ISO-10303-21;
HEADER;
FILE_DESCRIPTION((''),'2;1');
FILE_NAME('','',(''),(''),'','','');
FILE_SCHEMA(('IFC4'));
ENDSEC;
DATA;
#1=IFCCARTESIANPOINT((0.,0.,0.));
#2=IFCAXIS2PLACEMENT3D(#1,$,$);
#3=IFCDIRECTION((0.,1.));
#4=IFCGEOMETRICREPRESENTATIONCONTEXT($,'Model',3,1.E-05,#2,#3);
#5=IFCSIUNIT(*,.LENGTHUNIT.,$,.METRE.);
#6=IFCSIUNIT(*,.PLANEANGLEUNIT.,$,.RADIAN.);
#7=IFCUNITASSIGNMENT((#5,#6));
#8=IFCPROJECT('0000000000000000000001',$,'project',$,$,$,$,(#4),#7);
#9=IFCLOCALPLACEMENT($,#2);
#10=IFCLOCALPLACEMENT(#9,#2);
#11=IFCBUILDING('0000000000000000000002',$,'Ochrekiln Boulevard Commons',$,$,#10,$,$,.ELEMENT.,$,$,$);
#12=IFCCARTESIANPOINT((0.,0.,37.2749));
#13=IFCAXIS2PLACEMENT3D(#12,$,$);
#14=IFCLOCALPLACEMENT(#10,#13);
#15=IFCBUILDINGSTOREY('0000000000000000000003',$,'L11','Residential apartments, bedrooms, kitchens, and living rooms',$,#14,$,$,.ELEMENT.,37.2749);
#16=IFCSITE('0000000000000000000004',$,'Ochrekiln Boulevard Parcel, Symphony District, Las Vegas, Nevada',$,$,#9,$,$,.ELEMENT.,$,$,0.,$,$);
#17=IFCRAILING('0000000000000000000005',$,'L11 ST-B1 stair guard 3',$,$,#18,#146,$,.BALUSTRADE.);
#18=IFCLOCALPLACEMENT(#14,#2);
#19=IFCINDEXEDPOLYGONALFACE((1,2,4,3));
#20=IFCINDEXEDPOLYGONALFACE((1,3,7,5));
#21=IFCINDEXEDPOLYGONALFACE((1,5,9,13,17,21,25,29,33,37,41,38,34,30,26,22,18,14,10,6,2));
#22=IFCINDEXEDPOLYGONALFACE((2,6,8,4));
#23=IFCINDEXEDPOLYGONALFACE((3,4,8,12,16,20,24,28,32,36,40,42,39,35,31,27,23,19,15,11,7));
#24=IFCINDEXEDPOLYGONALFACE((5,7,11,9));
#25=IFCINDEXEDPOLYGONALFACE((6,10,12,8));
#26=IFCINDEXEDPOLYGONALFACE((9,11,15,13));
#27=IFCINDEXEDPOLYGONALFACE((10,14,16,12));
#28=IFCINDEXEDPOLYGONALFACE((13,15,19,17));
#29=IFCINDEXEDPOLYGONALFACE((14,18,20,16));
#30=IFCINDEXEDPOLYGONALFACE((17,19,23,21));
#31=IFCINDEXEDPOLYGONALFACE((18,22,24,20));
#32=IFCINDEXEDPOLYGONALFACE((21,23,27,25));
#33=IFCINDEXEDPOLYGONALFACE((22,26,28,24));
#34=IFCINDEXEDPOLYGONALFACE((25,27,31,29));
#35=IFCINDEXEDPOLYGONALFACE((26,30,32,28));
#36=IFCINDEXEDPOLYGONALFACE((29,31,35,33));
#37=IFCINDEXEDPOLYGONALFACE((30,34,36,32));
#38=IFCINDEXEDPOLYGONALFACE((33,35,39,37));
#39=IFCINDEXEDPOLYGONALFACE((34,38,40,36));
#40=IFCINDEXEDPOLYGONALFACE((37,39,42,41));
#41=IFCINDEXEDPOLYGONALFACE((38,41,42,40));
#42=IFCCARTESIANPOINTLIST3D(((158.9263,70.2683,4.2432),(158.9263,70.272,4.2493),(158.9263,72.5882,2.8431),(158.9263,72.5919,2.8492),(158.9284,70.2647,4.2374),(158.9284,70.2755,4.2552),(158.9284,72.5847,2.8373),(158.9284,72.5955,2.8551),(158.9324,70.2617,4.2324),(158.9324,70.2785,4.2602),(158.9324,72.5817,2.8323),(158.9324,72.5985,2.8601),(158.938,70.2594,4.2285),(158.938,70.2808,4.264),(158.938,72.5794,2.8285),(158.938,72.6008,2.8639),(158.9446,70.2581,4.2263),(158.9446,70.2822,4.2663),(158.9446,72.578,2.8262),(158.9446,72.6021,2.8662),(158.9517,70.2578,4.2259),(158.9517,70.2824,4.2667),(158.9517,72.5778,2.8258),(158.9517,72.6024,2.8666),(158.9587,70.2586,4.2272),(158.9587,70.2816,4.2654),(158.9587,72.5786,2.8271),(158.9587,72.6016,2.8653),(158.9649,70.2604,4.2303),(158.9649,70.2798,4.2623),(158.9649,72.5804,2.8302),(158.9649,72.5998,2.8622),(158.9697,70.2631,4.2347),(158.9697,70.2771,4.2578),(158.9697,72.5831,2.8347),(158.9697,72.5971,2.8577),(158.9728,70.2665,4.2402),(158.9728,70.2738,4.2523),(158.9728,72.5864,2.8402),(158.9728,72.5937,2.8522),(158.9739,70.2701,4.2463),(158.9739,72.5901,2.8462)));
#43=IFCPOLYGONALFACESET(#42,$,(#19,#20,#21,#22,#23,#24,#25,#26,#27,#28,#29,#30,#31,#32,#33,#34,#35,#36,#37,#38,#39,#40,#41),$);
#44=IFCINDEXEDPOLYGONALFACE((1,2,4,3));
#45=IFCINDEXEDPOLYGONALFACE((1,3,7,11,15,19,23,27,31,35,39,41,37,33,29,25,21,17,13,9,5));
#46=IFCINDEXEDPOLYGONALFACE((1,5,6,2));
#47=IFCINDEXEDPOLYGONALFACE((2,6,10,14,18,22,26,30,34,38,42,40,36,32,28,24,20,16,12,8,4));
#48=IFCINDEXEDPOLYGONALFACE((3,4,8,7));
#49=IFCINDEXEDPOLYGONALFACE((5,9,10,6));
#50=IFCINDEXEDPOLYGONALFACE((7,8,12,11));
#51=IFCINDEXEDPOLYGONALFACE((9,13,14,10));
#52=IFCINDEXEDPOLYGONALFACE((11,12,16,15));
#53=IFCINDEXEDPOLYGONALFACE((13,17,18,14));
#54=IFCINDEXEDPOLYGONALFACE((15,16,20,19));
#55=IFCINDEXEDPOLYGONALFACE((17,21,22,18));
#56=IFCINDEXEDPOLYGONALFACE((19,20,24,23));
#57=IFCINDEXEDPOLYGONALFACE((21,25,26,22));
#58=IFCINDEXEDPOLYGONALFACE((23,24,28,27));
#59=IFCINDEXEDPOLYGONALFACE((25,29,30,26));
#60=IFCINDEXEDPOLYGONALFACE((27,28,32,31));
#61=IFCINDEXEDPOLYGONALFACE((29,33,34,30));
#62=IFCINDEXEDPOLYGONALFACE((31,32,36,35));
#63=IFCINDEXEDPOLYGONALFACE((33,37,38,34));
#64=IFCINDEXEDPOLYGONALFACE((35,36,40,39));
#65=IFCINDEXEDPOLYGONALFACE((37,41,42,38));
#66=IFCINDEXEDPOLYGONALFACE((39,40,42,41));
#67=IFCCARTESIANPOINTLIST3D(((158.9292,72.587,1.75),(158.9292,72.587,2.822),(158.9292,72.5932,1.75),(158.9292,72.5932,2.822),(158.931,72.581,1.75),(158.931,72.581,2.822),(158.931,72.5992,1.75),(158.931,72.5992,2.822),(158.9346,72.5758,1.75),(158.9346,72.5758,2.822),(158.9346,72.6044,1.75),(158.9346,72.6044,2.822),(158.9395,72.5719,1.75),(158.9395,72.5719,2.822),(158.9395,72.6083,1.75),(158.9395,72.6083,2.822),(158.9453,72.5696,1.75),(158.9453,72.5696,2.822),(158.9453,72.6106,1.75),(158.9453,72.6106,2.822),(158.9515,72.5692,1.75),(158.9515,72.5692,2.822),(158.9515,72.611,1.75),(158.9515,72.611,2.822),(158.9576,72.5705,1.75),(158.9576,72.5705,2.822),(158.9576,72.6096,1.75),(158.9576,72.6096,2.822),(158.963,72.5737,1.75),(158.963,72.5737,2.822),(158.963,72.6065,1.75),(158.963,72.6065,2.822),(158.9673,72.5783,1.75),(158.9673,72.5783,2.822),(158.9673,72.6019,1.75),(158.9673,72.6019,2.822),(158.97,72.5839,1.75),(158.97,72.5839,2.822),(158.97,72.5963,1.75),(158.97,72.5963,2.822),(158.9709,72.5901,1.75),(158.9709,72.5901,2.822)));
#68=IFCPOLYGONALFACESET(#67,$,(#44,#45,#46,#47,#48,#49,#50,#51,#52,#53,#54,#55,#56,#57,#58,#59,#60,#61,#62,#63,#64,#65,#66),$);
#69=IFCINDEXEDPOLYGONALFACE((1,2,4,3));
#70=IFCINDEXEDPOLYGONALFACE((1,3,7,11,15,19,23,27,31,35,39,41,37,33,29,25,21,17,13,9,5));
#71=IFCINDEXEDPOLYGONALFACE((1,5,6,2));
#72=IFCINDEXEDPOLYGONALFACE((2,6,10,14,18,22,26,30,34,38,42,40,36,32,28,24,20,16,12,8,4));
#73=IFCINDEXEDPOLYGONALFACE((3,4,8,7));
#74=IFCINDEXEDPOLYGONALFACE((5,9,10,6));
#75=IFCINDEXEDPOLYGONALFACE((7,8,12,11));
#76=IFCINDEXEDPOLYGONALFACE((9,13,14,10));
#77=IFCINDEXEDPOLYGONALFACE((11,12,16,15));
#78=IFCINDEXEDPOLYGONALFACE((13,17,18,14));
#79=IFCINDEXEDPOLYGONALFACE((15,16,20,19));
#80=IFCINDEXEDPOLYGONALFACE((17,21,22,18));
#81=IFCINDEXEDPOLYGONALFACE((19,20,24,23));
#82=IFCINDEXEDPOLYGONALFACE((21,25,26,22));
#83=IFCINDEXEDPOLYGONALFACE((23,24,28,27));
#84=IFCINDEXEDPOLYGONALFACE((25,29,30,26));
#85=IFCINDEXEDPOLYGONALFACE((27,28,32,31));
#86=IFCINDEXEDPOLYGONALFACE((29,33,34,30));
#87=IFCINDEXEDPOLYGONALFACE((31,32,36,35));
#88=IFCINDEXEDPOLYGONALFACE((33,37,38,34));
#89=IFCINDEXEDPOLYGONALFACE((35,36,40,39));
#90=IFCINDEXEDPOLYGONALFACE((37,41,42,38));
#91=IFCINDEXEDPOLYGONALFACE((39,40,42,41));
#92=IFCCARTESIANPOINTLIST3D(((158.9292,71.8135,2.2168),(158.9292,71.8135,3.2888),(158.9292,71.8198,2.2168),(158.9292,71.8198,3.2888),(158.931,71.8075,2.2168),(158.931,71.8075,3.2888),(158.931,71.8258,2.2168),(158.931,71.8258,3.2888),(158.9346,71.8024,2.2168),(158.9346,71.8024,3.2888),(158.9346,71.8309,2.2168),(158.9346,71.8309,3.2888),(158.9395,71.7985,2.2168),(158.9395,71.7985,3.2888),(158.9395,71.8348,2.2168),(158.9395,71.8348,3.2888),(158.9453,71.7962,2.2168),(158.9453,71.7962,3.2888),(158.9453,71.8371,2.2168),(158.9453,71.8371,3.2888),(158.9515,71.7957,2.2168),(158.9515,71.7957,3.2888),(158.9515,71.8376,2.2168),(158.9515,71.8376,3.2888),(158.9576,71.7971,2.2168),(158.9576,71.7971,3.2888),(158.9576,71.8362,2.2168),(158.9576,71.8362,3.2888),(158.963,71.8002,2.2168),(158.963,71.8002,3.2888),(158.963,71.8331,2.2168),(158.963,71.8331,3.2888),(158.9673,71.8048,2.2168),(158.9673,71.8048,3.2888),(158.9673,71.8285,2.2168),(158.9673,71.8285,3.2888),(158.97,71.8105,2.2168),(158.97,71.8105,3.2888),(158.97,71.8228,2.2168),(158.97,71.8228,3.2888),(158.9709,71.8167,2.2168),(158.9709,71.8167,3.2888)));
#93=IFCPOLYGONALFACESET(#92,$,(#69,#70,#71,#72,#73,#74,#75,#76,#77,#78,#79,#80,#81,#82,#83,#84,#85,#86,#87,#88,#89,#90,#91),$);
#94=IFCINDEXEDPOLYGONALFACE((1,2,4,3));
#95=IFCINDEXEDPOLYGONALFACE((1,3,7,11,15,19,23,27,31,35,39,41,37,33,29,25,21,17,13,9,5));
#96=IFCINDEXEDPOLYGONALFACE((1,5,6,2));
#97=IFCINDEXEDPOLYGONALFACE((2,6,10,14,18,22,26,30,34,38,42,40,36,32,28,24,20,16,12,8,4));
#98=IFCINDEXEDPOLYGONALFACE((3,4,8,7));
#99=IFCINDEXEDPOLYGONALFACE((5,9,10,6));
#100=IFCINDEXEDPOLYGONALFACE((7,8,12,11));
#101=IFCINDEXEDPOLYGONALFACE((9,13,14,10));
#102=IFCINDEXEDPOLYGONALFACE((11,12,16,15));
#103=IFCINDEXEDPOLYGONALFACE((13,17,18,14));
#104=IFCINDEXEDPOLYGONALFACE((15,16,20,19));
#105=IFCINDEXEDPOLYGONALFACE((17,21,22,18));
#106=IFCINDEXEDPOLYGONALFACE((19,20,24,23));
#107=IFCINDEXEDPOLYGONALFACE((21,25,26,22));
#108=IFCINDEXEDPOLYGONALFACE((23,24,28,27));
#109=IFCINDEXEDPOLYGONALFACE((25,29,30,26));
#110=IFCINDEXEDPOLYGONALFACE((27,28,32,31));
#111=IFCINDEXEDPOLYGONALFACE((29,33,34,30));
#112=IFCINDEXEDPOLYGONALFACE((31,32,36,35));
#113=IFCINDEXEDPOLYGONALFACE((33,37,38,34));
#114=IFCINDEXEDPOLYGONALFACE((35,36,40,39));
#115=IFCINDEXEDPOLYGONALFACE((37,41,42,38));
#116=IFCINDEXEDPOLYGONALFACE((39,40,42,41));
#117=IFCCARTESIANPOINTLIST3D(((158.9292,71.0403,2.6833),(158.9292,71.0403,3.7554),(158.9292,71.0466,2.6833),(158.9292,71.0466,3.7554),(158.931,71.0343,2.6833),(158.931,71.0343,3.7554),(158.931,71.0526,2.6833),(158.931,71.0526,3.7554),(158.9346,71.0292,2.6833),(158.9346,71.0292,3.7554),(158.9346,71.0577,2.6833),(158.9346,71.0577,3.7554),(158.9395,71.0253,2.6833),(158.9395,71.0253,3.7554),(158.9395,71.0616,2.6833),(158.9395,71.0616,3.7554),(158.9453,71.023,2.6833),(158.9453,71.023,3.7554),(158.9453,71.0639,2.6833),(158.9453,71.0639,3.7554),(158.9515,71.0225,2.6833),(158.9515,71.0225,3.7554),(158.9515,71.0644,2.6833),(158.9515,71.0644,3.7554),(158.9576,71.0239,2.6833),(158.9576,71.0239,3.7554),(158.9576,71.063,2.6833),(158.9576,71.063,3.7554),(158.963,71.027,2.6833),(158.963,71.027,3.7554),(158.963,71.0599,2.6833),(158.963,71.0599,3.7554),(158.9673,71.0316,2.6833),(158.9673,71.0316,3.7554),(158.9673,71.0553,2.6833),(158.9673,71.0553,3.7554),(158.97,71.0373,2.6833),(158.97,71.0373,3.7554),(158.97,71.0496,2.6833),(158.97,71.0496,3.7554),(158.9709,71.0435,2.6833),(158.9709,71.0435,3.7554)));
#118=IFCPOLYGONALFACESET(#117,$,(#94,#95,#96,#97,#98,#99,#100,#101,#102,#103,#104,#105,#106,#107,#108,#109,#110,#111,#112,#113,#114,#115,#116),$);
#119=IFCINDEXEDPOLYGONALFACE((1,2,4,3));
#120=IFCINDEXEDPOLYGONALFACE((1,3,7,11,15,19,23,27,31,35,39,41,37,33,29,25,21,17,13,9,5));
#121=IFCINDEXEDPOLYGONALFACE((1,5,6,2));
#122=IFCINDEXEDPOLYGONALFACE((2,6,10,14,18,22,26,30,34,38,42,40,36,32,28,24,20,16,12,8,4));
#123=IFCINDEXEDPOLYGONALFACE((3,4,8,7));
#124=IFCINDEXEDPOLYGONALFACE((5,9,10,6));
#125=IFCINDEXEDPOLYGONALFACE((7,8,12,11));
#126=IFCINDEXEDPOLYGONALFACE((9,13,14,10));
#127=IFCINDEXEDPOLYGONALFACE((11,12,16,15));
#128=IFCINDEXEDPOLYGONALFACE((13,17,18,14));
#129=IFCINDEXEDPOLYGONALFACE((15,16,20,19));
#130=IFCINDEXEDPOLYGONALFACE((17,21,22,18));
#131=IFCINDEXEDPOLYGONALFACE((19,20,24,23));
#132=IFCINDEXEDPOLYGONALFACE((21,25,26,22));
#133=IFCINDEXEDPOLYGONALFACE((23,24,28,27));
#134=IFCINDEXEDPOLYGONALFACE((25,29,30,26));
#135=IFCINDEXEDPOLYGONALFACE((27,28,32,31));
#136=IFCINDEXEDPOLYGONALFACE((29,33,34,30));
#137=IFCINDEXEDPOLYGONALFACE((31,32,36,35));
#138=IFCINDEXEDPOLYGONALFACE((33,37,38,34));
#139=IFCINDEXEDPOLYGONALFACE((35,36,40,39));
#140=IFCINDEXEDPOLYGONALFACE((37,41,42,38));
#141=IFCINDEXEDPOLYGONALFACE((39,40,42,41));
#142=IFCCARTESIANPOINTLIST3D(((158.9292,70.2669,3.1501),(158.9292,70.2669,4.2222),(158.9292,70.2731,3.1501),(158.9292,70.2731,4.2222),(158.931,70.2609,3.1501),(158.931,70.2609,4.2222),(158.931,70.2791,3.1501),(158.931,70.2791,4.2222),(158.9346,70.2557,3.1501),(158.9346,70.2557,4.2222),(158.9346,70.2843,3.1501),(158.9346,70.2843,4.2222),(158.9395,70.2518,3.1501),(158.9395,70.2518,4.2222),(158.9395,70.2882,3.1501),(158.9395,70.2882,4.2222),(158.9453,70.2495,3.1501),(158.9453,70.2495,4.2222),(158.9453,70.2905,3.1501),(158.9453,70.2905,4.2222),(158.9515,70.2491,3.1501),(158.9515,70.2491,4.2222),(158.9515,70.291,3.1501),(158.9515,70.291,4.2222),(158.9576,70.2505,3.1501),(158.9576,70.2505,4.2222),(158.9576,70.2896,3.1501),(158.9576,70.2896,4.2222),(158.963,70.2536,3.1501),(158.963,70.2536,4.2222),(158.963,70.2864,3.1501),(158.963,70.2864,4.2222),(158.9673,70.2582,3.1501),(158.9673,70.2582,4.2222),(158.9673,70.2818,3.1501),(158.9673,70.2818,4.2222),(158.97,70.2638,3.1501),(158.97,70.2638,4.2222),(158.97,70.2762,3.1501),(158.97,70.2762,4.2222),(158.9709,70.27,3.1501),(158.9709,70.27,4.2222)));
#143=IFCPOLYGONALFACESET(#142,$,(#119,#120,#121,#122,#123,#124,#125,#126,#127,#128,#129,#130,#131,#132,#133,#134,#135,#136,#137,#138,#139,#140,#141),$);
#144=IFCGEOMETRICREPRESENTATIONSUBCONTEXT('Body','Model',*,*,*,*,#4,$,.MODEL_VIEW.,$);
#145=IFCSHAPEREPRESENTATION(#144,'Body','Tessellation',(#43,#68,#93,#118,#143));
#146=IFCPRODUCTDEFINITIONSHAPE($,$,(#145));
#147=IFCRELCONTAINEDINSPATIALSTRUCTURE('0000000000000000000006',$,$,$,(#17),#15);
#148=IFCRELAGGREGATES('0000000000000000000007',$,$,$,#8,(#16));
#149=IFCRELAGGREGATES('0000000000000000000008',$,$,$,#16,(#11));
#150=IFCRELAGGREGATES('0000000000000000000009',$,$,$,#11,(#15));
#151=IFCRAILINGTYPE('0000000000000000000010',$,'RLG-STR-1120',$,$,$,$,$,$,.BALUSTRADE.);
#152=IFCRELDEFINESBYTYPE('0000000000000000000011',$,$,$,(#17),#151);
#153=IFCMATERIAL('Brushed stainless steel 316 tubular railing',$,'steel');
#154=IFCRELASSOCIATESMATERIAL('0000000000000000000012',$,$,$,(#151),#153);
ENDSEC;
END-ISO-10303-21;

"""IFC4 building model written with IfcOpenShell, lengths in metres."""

from ifc_helpers import new_model, si_unit, direction, frame, origin, origin_2d, place, context, subcontext, project, spatial, circle, extrude, material, type_object, element, save


model = new_model("IFC4")

# Units and contexts
model_context = context("Model", 3, precision=1e-05, world=origin(), true_north=direction((0.0, 1.0)))
body_context = subcontext(model_context, "Body", "Model", "MODEL_VIEW")
ifc_project = project(units=[si_unit("LENGTHUNIT", "METRE"), si_unit("PLANEANGLEUNIT", "RADIAN")], contexts=[model_context])

# Site, building, storey
site_placement = place(None, origin())
site = spatial("IfcSite", under=ifc_project, at=site_placement, Name="Ochrekiln Boulevard Parcel, Symphony District, Las Vegas, Nevada", CompositionType="ELEMENT", RefElevation=0.0)
building_placement = place(site_placement, origin())
building = spatial("IfcBuilding", under=site, at=building_placement, Name="Ochrekiln Boulevard Commons", CompositionType="ELEMENT")
storey_placement = place(building_placement, frame((0.0, 0.0, 37.2749)))
storey = spatial("IfcBuildingStorey", under=building, at=storey_placement, Name="L11", Description="Residential apartments, bedrooms, kitchens, and living rooms", CompositionType="ELEMENT", Elevation=37.2749)

# Railing
ifc_material_1 = material(Name="Brushed stainless steel 316 tubular railing", Category="steel")
railing_type_1 = type_object("IfcRailingType", Name="RLG-STR-1120", PredefinedType="BALUSTRADE", material=ifc_material_1)
railing_1_placement = place(storey_placement, frame((158.95, 72.5901, 1.75)))
element("IfcRailing", 1, at=railing_1_placement, inside=storey, type_object=railing_type_1, Name="L11 ST-B1 stair guard 3", PredefinedType="BALUSTRADE", context=body_context, shape_type="SweptSolid", body=[
    extrude(circle(Radius=0.0239, at=origin_2d()), frame((0.0, 0.0, 1.0962), z_axis=(0.0, -0.85617, 0.516693), x_axis=(1.0, 0.0, 0.0)), (0.0, 0.0, 1.0), 2.7097),
    extrude(circle(Radius=0.021, at=origin_2d()), origin(), (0.0, 0.0, 1.0), 1.072),
    extrude(circle(Radius=0.021, at=origin_2d()), frame((0.0, -0.7734, 0.4668)), (0.0, 0.0, 1.0), 1.072),
    extrude(circle(Radius=0.021, at=origin_2d()), frame((0.0, -1.5466, 0.9333)), (0.0, 0.0, 1.0), 1.072),
    extrude(circle(Radius=0.021, at=origin_2d()), frame((0.0, -2.3201, 1.4001)), (0.0, 0.0, 1.0), 1.072),
])

save(model, "model.ifc")
